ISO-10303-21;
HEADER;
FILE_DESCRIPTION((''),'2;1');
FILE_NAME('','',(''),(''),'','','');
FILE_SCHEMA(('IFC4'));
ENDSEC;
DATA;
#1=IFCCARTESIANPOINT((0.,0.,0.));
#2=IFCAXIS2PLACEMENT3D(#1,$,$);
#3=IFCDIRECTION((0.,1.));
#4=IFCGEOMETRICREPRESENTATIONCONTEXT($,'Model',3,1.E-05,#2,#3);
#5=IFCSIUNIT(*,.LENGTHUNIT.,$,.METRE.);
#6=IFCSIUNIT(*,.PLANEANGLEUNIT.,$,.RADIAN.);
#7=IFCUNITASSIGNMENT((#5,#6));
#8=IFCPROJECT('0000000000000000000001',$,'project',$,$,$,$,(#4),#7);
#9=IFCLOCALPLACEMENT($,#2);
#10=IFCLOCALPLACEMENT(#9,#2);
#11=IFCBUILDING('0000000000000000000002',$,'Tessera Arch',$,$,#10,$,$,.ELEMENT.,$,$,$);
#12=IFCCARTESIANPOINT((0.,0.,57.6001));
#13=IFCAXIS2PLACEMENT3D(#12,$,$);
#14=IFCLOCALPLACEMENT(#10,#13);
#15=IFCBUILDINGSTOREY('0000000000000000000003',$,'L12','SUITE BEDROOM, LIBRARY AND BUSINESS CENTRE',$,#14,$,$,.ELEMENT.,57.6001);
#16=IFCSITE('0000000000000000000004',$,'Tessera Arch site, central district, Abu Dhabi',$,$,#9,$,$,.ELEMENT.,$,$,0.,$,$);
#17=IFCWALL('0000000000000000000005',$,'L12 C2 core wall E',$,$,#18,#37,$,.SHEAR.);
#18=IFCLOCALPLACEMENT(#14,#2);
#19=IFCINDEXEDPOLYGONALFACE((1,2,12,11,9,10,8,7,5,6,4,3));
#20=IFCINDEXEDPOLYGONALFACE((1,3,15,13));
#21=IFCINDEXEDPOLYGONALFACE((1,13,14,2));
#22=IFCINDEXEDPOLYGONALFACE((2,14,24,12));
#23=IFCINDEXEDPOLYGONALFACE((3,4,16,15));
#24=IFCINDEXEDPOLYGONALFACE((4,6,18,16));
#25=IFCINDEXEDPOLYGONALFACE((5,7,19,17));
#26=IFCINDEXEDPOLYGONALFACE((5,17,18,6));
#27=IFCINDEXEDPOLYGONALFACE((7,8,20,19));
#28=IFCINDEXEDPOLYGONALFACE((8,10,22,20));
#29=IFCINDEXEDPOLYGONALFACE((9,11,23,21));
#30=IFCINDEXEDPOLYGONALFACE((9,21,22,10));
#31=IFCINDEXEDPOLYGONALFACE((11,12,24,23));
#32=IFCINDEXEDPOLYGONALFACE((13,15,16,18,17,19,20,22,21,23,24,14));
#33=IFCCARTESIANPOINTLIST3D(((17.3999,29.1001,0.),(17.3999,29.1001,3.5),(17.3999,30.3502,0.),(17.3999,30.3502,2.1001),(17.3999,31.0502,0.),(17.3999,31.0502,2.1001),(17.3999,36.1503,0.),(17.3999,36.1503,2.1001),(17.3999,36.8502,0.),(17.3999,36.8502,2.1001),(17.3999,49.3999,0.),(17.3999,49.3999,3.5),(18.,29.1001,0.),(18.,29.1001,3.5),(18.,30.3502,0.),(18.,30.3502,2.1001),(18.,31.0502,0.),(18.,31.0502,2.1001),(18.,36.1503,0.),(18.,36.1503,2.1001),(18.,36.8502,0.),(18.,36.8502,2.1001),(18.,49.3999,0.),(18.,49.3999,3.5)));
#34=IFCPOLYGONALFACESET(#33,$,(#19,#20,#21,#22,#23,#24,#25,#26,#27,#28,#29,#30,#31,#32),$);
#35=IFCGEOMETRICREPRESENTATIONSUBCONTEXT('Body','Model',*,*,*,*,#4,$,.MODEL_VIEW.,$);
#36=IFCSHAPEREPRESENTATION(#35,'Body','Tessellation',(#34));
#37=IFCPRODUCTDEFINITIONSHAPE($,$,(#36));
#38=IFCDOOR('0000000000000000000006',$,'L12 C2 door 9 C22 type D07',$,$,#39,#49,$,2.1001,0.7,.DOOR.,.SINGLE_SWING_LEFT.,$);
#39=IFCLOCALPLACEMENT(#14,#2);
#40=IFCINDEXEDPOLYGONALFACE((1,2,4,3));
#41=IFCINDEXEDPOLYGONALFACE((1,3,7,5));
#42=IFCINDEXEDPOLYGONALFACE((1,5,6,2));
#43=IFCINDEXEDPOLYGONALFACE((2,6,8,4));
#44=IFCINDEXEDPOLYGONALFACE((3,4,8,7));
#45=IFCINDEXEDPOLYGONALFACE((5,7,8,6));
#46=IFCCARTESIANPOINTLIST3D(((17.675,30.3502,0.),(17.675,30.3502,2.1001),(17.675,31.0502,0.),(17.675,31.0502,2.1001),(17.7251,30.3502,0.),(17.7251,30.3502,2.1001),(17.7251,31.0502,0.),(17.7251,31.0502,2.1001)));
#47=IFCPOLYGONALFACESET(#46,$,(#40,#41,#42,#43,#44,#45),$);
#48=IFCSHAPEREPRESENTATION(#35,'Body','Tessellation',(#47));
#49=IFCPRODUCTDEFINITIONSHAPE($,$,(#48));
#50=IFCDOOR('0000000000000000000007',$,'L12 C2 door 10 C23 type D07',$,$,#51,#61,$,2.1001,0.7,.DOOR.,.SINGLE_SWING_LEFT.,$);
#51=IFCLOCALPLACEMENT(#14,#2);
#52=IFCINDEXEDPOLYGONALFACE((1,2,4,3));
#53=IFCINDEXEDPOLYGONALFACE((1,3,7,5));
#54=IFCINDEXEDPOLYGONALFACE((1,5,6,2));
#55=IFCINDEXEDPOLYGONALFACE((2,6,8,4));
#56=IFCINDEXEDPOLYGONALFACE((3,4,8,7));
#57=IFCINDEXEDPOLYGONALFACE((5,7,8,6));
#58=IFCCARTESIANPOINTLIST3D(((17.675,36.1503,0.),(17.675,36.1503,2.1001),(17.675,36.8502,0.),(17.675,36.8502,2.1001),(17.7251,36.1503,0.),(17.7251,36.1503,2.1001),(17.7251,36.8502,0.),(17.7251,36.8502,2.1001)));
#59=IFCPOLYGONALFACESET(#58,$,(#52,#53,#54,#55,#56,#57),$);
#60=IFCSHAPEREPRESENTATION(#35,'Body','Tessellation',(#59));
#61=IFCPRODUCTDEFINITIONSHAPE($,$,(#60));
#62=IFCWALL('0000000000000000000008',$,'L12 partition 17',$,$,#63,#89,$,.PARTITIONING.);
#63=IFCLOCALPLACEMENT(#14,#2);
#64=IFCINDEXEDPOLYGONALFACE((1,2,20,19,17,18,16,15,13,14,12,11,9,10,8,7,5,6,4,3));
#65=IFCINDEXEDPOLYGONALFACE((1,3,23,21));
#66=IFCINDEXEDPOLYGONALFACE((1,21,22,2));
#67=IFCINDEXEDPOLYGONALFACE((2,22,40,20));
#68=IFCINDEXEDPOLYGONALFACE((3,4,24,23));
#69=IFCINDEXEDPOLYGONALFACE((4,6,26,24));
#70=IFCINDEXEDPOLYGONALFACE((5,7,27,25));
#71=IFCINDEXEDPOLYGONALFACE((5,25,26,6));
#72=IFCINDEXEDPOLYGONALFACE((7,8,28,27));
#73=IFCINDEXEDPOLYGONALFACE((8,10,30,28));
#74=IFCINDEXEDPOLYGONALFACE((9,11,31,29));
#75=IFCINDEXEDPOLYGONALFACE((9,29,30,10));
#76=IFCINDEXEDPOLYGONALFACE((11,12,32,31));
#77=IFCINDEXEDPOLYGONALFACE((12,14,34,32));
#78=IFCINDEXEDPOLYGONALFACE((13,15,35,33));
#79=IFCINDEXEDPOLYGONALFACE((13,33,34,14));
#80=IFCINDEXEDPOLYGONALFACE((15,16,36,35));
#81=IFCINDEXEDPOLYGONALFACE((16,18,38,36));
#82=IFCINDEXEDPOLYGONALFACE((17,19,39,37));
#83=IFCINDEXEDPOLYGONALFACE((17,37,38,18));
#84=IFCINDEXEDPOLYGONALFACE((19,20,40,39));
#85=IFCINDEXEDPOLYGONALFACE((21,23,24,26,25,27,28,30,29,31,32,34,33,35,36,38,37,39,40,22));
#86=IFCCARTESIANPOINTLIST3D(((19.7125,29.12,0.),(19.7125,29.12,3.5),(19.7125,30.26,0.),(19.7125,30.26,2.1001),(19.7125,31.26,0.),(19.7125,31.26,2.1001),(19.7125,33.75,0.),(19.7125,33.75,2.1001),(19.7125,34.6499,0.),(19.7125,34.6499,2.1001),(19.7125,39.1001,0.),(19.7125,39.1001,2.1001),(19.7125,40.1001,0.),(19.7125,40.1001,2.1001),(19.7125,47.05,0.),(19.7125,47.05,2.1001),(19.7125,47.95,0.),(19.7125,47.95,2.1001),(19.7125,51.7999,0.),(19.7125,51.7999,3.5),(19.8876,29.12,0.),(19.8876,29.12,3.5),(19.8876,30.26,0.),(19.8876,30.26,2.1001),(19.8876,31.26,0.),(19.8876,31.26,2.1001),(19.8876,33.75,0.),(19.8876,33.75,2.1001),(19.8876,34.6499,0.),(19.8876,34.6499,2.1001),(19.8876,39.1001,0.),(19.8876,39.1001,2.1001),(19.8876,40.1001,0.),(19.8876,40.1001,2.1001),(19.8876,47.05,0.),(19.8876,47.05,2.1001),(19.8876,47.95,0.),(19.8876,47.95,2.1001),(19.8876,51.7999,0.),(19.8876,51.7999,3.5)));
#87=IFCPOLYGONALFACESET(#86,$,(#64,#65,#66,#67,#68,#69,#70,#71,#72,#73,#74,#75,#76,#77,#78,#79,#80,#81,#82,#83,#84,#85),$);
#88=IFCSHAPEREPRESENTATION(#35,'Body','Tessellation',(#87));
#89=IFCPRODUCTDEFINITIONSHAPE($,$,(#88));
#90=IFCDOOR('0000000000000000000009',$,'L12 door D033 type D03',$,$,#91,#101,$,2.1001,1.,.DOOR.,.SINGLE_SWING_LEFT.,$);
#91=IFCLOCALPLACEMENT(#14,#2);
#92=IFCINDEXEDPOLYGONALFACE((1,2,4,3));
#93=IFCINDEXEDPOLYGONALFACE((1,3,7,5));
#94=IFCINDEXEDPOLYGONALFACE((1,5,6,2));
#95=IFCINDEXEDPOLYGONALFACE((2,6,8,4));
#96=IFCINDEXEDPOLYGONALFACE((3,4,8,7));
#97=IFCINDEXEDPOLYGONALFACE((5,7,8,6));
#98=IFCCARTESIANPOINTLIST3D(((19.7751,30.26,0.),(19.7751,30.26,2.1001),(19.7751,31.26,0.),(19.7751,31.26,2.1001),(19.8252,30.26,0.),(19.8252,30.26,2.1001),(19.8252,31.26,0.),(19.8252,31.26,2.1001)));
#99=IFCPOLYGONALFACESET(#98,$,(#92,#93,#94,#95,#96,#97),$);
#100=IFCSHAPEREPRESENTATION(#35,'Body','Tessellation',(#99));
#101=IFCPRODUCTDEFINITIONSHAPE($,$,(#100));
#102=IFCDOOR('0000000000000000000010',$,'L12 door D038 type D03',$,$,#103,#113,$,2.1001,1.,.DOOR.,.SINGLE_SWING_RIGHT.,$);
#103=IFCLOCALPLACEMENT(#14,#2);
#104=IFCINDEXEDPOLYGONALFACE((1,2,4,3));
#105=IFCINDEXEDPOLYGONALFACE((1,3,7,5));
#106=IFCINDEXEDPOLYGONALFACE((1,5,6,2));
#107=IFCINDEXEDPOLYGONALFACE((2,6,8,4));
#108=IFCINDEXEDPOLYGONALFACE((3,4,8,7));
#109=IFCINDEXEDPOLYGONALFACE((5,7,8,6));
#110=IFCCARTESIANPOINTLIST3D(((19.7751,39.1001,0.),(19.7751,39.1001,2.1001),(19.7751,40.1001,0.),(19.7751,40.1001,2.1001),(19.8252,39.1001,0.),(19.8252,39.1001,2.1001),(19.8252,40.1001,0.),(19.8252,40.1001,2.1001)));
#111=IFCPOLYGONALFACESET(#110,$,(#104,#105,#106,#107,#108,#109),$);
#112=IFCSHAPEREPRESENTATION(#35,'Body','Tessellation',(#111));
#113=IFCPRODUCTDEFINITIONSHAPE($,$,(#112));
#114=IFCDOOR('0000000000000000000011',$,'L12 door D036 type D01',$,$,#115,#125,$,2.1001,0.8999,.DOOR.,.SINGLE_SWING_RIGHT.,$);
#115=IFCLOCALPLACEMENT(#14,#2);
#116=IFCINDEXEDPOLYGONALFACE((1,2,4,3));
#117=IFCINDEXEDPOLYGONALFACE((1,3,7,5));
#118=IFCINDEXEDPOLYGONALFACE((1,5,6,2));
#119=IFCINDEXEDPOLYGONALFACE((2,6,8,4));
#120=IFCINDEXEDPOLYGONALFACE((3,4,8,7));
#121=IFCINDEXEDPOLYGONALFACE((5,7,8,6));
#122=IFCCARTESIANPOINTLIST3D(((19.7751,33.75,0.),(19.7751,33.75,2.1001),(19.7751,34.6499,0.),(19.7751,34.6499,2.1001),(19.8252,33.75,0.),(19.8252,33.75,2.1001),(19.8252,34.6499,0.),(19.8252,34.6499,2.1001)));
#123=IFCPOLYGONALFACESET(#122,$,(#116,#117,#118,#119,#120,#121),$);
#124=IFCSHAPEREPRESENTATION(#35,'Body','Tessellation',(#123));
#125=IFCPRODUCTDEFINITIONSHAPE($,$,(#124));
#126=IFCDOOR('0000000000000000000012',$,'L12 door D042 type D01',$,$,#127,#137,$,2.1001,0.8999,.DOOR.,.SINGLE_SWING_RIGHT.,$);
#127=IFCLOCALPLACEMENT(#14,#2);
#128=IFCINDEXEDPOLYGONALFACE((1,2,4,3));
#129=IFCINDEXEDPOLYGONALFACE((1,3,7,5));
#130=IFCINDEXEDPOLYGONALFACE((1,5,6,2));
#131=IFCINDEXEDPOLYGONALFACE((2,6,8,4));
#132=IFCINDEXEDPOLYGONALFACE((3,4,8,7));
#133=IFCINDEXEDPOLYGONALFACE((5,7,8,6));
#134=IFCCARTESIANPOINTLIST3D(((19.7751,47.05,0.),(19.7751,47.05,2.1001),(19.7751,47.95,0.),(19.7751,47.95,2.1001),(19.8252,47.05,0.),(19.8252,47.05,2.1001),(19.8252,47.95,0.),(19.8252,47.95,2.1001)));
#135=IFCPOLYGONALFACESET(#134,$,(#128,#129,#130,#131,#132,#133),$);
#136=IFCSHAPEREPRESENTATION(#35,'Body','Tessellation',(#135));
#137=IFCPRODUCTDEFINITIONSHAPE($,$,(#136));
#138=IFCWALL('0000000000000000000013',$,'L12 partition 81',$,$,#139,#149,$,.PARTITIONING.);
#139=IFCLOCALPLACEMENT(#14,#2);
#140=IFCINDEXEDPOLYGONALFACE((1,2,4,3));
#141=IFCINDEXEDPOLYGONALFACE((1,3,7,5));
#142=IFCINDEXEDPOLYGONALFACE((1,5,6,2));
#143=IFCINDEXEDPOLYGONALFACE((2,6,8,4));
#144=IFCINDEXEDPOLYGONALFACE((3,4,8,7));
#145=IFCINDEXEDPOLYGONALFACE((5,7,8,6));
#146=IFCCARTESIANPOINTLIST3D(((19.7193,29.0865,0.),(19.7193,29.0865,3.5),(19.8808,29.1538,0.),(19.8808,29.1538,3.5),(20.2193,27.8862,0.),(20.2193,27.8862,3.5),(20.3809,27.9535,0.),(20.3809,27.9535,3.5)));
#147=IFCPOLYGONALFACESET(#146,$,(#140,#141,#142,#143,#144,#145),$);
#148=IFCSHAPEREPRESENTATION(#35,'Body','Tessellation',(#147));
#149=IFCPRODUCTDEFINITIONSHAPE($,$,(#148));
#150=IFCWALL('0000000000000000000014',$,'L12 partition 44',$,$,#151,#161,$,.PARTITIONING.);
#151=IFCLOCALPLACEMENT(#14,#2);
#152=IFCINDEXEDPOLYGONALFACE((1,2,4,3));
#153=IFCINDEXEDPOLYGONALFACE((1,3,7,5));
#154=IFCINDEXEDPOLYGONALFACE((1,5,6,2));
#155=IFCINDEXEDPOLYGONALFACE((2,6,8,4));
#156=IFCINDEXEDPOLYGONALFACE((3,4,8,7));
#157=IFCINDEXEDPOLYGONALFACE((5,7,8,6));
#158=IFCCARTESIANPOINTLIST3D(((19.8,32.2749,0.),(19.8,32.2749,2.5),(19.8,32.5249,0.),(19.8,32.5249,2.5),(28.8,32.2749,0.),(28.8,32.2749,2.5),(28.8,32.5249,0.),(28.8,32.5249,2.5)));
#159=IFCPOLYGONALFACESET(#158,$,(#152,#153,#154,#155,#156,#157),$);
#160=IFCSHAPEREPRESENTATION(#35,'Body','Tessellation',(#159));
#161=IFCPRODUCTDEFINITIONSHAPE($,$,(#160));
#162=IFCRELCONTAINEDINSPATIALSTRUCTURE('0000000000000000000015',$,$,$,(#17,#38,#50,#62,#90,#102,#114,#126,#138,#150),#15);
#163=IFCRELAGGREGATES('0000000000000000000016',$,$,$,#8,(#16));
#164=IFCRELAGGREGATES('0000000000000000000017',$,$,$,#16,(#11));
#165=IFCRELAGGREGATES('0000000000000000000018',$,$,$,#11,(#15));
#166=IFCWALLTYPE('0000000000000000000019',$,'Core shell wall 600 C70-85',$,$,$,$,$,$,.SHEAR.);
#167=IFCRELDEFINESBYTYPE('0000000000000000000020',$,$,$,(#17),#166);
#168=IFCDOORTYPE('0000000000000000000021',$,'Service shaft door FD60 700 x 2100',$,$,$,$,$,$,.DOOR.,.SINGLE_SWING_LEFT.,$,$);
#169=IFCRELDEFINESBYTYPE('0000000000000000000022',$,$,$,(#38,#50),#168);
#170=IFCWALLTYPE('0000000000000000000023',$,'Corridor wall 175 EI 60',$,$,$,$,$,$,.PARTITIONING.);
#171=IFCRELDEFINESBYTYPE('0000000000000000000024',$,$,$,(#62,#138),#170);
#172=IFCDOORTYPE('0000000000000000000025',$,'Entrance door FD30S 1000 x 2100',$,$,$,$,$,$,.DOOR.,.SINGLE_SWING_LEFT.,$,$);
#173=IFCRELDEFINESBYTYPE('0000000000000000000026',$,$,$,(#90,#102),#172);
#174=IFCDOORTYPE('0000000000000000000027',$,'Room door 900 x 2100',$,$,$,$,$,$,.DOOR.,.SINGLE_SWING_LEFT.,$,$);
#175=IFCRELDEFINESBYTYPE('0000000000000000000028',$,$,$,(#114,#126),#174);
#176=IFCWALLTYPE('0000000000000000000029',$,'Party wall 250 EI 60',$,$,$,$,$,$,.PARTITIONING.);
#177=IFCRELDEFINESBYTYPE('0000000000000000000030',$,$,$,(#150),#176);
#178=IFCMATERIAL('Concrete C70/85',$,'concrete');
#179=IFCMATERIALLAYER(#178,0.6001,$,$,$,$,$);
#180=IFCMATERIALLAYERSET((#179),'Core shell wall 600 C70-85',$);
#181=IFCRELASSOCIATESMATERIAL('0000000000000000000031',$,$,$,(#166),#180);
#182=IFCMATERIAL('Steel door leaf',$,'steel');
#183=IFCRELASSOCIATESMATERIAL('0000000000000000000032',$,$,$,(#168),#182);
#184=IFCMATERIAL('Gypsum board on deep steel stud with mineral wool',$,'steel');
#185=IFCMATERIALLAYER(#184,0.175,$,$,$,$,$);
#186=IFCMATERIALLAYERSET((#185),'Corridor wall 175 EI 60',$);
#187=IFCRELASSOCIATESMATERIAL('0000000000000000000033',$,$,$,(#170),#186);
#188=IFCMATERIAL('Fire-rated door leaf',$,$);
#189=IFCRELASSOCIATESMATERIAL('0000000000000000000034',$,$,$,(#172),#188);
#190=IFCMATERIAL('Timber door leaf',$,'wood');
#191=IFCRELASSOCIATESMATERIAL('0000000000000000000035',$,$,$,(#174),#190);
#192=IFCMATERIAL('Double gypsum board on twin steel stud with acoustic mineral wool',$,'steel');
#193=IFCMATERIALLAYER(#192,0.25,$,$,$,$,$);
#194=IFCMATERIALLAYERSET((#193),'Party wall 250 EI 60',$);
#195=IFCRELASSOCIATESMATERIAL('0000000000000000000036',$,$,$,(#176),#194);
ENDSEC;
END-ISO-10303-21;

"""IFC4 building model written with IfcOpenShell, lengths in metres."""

from ifc_helpers import new_model, si_unit, direction, frame, frame_2d, origin, place, context, subcontext, project, spatial, rectangle, extrude, material, layer, layer_set, type_object, element, fill, save


model = new_model("IFC4")

# Units and contexts
model_context = context("Model", 3, precision=1e-05, world=origin(), true_north=direction((0.0, 1.0)))
body_context = subcontext(model_context, "Body", "Model", "MODEL_VIEW")
ifc_project = project(units=[si_unit("LENGTHUNIT", "METRE"), si_unit("PLANEANGLEUNIT", "RADIAN")], contexts=[model_context])

# Site, building, storey
site_placement = place(None, origin())
site = spatial("IfcSite", under=ifc_project, at=site_placement, Name="Tessera Arch site, central district, Abu Dhabi", CompositionType="ELEMENT", RefElevation=0.0)
building_placement = place(site_placement, origin())
building = spatial("IfcBuilding", under=site, at=building_placement, Name="Tessera Arch", CompositionType="ELEMENT")
storey_placement = place(building_placement, frame((0.0, 0.0, 57.6001)))
storey = spatial("IfcBuildingStorey", under=building, at=storey_placement, Name="L12", Description="SUITE BEDROOM, LIBRARY AND BUSINESS CENTRE", CompositionType="ELEMENT", Elevation=57.6001)

# Walls, openings, doors
ifc_material_1 = material(Name="Concrete C70/85", Category="concrete")
ifc_layer_1 = layer(ifc_material_1, 0.6001)
ifc_layer_set_1 = layer_set([ifc_layer_1], Name="Core shell wall 600 C70-85")
wall_type_1 = type_object("IfcWallType", Name="Core shell wall 600 C70-85", PredefinedType="SHEAR", material=ifc_layer_set_1)
wall_1_placement = place(storey_placement, frame((17.7, 29.1001, 0.0), z_axis=(0.0, 0.0, 1.0), x_axis=(0.0, 1.0, 0.0)))
wall_1 = element("IfcWall", 1, at=wall_1_placement, inside=storey, type_object=wall_type_1, Name="L12 C2 core wall E", PredefinedType="SHEAR", context=body_context, shape_type="SweptSolid", body=[
    extrude(rectangle(XDim=20.2998, YDim=0.6001, at=frame_2d((10.1499, 0.0))), origin(), (0.0, 0.0, 1.0), 3.5),
])
opening_1_placement = place(wall_1_placement, frame((1.25, 0.0, 0.0)))
opening_1 = element("IfcOpeningElement", 2, at=opening_1_placement, cuts=wall_1, PredefinedType="OPENING", context=body_context, shape_type="SweptSolid", body=[
    extrude(rectangle(XDim=0.7, YDim=2.1001, at=frame_2d((0.3501, 1.05))), frame((0.0, 0.3101, 0.0), z_axis=(0.0, -1.0, 0.0), x_axis=(1.0, 0.0, 0.0)), (0.0, 0.0, 1.0), 0.6201),
])
opening_2_placement = place(wall_1_placement, frame((7.05, 0.0, 0.0)))
opening_2 = element("IfcOpeningElement", 3, at=opening_2_placement, cuts=wall_1, PredefinedType="OPENING", context=body_context, shape_type="SweptSolid", body=[
    extrude(rectangle(XDim=0.7, YDim=2.1001, at=frame_2d((0.3501, 1.05))), frame((0.0, 0.3101, 0.0), z_axis=(0.0, -1.0, 0.0), x_axis=(1.0, 0.0, 0.0)), (0.0, 0.0, 1.0), 0.6201),
])
ifc_material_2 = material(Name="Steel door leaf", Category="steel")
door_type_1 = type_object("IfcDoorType", Name="Service shaft door FD60 700 x 2100", OperationType="SINGLE_SWING_LEFT", PredefinedType="DOOR", material=ifc_material_2)
door_1_placement = place(opening_1_placement, origin())
door_1 = element("IfcDoor", 4, at=door_1_placement, inside=storey, type_object=door_type_1, Name="L12 C2 door 9 C22 type D07", OperationType="SINGLE_SWING_LEFT", OverallHeight=2.1001, OverallWidth=0.7, PredefinedType="DOOR", context=body_context, shape_type="SweptSolid", body=[
    extrude(rectangle(XDim=0.7, YDim=2.1001, at=frame_2d((0.3501, 1.05))), frame((0.0, 0.0249, 0.0), z_axis=(0.0, -1.0, 0.0), x_axis=(1.0, 0.0, 0.0)), (0.0, 0.0, 1.0), 0.05),
])
fill(opening_1, door_1)
door_2_placement = place(opening_2_placement, origin())
door_2 = element("IfcDoor", 5, at=door_2_placement, inside=storey, type_object=door_type_1, Name="L12 C2 door 10 C23 type D07", OperationType="SINGLE_SWING_LEFT", OverallHeight=2.1001, OverallWidth=0.7, PredefinedType="DOOR", context=body_context, shape_type="SweptSolid", body=[
    extrude(rectangle(XDim=0.7, YDim=2.1001, at=frame_2d((0.3501, 1.05))), frame((0.0, 0.0249, 0.0), z_axis=(0.0, -1.0, 0.0), x_axis=(1.0, 0.0, 0.0)), (0.0, 0.0, 1.0), 0.05),
])
fill(opening_2, door_2)
ifc_material_3 = material(Name="Gypsum board on deep steel stud with mineral wool", Category="steel")
ifc_layer_2 = layer(ifc_material_3, 0.175)
ifc_layer_set_2 = layer_set([ifc_layer_2], Name="Corridor wall 175 EI 60")
wall_type_2 = type_object("IfcWallType", Name="Corridor wall 175 EI 60", PredefinedType="PARTITIONING", material=ifc_layer_set_2)
wall_2_placement = place(storey_placement, frame((19.8, 29.1201, 0.0), z_axis=(0.0, 0.0, 1.0), x_axis=(0.0, 1.0, 0.0)))
wall_2 = element("IfcWall", 6, at=wall_2_placement, inside=storey, type_object=wall_type_2, Name="L12 partition 17", PredefinedType="PARTITIONING", context=body_context, shape_type="SweptSolid", body=[
    extrude(rectangle(XDim=22.6799, YDim=0.175, at=frame_2d((11.3398, 0.0))), origin(), (0.0, 0.0, 1.0), 3.5),
])
opening_3_placement = place(wall_2_placement, frame((1.1399, 0.0, 0.0)))
opening_3 = element("IfcOpeningElement", 7, at=opening_3_placement, cuts=wall_2, PredefinedType="OPENING", context=body_context, shape_type="SweptSolid", body=[
    extrude(rectangle(XDim=1.0, YDim=2.1001, at=frame_2d((0.5, 1.05))), frame((0.0, 0.0974, 0.0), z_axis=(0.0, -1.0, 0.0), x_axis=(1.0, 0.0, 0.0)), (0.0, 0.0, 1.0), 0.1951),
])
opening_4_placement = place(wall_2_placement, frame((4.6299, 0.0, 0.0)))
opening_4 = element("IfcOpeningElement", 8, at=opening_4_placement, cuts=wall_2, PredefinedType="OPENING", context=body_context, shape_type="SweptSolid", body=[
    extrude(rectangle(XDim=0.8999, YDim=2.1001, at=frame_2d((0.45, 1.05))), frame((0.0, 0.0974, 0.0), z_axis=(0.0, -1.0, 0.0), x_axis=(1.0, 0.0, 0.0)), (0.0, 0.0, 1.0), 0.1951),
])
opening_5_placement = place(wall_2_placement, frame((9.98, 0.0, 0.0)))
opening_5 = element("IfcOpeningElement", 9, at=opening_5_placement, cuts=wall_2, PredefinedType="OPENING", context=body_context, shape_type="SweptSolid", body=[
    extrude(rectangle(XDim=1.0, YDim=2.1001, at=frame_2d((0.5, 1.05))), frame((0.0, 0.0974, 0.0), z_axis=(0.0, -1.0, 0.0), x_axis=(1.0, 0.0, 0.0)), (0.0, 0.0, 1.0), 0.1951),
])
opening_6_placement = place(wall_2_placement, frame((17.9299, 0.0, 0.0)))
opening_6 = element("IfcOpeningElement", 10, at=opening_6_placement, cuts=wall_2, PredefinedType="OPENING", context=body_context, shape_type="SweptSolid", body=[
    extrude(rectangle(XDim=0.8999, YDim=2.1001, at=frame_2d((0.45, 1.05))), frame((0.0, 0.0974, 0.0), z_axis=(0.0, -1.0, 0.0), x_axis=(1.0, 0.0, 0.0)), (0.0, 0.0, 1.0), 0.1951),
])
ifc_material_4 = material(Name="Fire-rated door leaf")
door_type_2 = type_object("IfcDoorType", Name="Entrance door FD30S 1000 x 2100", OperationType="SINGLE_SWING_LEFT", PredefinedType="DOOR", material=ifc_material_4)
door_3_placement = place(opening_3_placement, origin())
door_3 = element("IfcDoor", 11, at=door_3_placement, inside=storey, type_object=door_type_2, Name="L12 door D033 type D03", OperationType="SINGLE_SWING_LEFT", OverallHeight=2.1001, OverallWidth=1.0, PredefinedType="DOOR", context=body_context, shape_type="SweptSolid", body=[
    extrude(rectangle(XDim=1.0, YDim=2.1001, at=frame_2d((0.5, 1.05))), frame((0.0, 0.0249, 0.0), z_axis=(0.0, -1.0, 0.0), x_axis=(1.0, 0.0, 0.0)), (0.0, 0.0, 1.0), 0.05),
])
fill(opening_3, door_3)
door_4_placement = place(opening_5_placement, origin())
door_4 = element("IfcDoor", 12, at=door_4_placement, inside=storey, type_object=door_type_2, Name="L12 door D038 type D03", OperationType="SINGLE_SWING_RIGHT", OverallHeight=2.1001, OverallWidth=1.0, PredefinedType="DOOR", context=body_context, shape_type="SweptSolid", body=[
    extrude(rectangle(XDim=1.0, YDim=2.1001, at=frame_2d((0.5, 1.05))), frame((0.0, 0.0249, 0.0), z_axis=(0.0, -1.0, 0.0), x_axis=(1.0, 0.0, 0.0)), (0.0, 0.0, 1.0), 0.05),
])
fill(opening_5, door_4)
ifc_material_5 = material(Name="Timber door leaf", Category="wood")
door_type_3 = type_object("IfcDoorType", Name="Room door 900 x 2100", OperationType="SINGLE_SWING_LEFT", PredefinedType="DOOR", material=ifc_material_5)
door_5_placement = place(opening_4_placement, origin())
door_5 = element("IfcDoor", 13, at=door_5_placement, inside=storey, type_object=door_type_3, Name="L12 door D036 type D01", OperationType="SINGLE_SWING_RIGHT", OverallHeight=2.1001, OverallWidth=0.8999, PredefinedType="DOOR", context=body_context, shape_type="SweptSolid", body=[
    extrude(rectangle(XDim=0.8999, YDim=2.1001, at=frame_2d((0.45, 1.05))), frame((0.0, 0.0249, 0.0), z_axis=(0.0, -1.0, 0.0), x_axis=(1.0, 0.0, 0.0)), (0.0, 0.0, 1.0), 0.05),
])
fill(opening_4, door_5)
door_6_placement = place(opening_6_placement, origin())
door_6 = element("IfcDoor", 14, at=door_6_placement, inside=storey, type_object=door_type_3, Name="L12 door D042 type D01", OperationType="SINGLE_SWING_RIGHT", OverallHeight=2.1001, OverallWidth=0.8999, PredefinedType="DOOR", context=body_context, shape_type="SweptSolid", body=[
    extrude(rectangle(XDim=0.8999, YDim=2.1001, at=frame_2d((0.45, 1.05))), frame((0.0, 0.0249, 0.0), z_axis=(0.0, -1.0, 0.0), x_axis=(1.0, 0.0, 0.0)), (0.0, 0.0, 1.0), 0.05),
])
fill(opening_6, door_6)

# Walls
wall_3_placement = place(storey_placement, frame((19.8, 29.1201, 0.0), z_axis=(0.0, 0.0, 1.0), x_axis=(0.384562, -0.923099, 0.0)))
element("IfcWall", 15, at=wall_3_placement, inside=storey, type_object=wall_type_2, Name="L12 partition 81", PredefinedType="PARTITIONING", context=body_context, shape_type="SweptSolid", body=[
    extrude(rectangle(XDim=1.3003, YDim=0.175, at=frame_2d((0.6501, 0.0))), origin(), (0.0, 0.0, 1.0), 3.5),
])
ifc_material_6 = material(Name="Double gypsum board on twin steel stud with acoustic mineral wool", Category="steel")
ifc_layer_3 = layer(ifc_material_6, 0.25)
ifc_layer_set_3 = layer_set([ifc_layer_3], Name="Party wall 250 EI 60")
wall_type_3 = type_object("IfcWallType", Name="Party wall 250 EI 60", PredefinedType="PARTITIONING", material=ifc_layer_set_3)
wall_4_placement = place(storey_placement, frame((19.8, 32.3999, 0.0), z_axis=(0.0, 0.0, 1.0), x_axis=(1.0, 0.0, 0.0)))
element("IfcWall", 16, at=wall_4_placement, inside=storey, type_object=wall_type_3, Name="L12 partition 44", PredefinedType="PARTITIONING", context=body_context, shape_type="SweptSolid", body=[
    extrude(rectangle(XDim=9.0, YDim=0.25, at=frame_2d((4.5, 0.0))), origin(), (0.0, 0.0, 1.0), 2.5),
])

save(model, "model.ifc")
